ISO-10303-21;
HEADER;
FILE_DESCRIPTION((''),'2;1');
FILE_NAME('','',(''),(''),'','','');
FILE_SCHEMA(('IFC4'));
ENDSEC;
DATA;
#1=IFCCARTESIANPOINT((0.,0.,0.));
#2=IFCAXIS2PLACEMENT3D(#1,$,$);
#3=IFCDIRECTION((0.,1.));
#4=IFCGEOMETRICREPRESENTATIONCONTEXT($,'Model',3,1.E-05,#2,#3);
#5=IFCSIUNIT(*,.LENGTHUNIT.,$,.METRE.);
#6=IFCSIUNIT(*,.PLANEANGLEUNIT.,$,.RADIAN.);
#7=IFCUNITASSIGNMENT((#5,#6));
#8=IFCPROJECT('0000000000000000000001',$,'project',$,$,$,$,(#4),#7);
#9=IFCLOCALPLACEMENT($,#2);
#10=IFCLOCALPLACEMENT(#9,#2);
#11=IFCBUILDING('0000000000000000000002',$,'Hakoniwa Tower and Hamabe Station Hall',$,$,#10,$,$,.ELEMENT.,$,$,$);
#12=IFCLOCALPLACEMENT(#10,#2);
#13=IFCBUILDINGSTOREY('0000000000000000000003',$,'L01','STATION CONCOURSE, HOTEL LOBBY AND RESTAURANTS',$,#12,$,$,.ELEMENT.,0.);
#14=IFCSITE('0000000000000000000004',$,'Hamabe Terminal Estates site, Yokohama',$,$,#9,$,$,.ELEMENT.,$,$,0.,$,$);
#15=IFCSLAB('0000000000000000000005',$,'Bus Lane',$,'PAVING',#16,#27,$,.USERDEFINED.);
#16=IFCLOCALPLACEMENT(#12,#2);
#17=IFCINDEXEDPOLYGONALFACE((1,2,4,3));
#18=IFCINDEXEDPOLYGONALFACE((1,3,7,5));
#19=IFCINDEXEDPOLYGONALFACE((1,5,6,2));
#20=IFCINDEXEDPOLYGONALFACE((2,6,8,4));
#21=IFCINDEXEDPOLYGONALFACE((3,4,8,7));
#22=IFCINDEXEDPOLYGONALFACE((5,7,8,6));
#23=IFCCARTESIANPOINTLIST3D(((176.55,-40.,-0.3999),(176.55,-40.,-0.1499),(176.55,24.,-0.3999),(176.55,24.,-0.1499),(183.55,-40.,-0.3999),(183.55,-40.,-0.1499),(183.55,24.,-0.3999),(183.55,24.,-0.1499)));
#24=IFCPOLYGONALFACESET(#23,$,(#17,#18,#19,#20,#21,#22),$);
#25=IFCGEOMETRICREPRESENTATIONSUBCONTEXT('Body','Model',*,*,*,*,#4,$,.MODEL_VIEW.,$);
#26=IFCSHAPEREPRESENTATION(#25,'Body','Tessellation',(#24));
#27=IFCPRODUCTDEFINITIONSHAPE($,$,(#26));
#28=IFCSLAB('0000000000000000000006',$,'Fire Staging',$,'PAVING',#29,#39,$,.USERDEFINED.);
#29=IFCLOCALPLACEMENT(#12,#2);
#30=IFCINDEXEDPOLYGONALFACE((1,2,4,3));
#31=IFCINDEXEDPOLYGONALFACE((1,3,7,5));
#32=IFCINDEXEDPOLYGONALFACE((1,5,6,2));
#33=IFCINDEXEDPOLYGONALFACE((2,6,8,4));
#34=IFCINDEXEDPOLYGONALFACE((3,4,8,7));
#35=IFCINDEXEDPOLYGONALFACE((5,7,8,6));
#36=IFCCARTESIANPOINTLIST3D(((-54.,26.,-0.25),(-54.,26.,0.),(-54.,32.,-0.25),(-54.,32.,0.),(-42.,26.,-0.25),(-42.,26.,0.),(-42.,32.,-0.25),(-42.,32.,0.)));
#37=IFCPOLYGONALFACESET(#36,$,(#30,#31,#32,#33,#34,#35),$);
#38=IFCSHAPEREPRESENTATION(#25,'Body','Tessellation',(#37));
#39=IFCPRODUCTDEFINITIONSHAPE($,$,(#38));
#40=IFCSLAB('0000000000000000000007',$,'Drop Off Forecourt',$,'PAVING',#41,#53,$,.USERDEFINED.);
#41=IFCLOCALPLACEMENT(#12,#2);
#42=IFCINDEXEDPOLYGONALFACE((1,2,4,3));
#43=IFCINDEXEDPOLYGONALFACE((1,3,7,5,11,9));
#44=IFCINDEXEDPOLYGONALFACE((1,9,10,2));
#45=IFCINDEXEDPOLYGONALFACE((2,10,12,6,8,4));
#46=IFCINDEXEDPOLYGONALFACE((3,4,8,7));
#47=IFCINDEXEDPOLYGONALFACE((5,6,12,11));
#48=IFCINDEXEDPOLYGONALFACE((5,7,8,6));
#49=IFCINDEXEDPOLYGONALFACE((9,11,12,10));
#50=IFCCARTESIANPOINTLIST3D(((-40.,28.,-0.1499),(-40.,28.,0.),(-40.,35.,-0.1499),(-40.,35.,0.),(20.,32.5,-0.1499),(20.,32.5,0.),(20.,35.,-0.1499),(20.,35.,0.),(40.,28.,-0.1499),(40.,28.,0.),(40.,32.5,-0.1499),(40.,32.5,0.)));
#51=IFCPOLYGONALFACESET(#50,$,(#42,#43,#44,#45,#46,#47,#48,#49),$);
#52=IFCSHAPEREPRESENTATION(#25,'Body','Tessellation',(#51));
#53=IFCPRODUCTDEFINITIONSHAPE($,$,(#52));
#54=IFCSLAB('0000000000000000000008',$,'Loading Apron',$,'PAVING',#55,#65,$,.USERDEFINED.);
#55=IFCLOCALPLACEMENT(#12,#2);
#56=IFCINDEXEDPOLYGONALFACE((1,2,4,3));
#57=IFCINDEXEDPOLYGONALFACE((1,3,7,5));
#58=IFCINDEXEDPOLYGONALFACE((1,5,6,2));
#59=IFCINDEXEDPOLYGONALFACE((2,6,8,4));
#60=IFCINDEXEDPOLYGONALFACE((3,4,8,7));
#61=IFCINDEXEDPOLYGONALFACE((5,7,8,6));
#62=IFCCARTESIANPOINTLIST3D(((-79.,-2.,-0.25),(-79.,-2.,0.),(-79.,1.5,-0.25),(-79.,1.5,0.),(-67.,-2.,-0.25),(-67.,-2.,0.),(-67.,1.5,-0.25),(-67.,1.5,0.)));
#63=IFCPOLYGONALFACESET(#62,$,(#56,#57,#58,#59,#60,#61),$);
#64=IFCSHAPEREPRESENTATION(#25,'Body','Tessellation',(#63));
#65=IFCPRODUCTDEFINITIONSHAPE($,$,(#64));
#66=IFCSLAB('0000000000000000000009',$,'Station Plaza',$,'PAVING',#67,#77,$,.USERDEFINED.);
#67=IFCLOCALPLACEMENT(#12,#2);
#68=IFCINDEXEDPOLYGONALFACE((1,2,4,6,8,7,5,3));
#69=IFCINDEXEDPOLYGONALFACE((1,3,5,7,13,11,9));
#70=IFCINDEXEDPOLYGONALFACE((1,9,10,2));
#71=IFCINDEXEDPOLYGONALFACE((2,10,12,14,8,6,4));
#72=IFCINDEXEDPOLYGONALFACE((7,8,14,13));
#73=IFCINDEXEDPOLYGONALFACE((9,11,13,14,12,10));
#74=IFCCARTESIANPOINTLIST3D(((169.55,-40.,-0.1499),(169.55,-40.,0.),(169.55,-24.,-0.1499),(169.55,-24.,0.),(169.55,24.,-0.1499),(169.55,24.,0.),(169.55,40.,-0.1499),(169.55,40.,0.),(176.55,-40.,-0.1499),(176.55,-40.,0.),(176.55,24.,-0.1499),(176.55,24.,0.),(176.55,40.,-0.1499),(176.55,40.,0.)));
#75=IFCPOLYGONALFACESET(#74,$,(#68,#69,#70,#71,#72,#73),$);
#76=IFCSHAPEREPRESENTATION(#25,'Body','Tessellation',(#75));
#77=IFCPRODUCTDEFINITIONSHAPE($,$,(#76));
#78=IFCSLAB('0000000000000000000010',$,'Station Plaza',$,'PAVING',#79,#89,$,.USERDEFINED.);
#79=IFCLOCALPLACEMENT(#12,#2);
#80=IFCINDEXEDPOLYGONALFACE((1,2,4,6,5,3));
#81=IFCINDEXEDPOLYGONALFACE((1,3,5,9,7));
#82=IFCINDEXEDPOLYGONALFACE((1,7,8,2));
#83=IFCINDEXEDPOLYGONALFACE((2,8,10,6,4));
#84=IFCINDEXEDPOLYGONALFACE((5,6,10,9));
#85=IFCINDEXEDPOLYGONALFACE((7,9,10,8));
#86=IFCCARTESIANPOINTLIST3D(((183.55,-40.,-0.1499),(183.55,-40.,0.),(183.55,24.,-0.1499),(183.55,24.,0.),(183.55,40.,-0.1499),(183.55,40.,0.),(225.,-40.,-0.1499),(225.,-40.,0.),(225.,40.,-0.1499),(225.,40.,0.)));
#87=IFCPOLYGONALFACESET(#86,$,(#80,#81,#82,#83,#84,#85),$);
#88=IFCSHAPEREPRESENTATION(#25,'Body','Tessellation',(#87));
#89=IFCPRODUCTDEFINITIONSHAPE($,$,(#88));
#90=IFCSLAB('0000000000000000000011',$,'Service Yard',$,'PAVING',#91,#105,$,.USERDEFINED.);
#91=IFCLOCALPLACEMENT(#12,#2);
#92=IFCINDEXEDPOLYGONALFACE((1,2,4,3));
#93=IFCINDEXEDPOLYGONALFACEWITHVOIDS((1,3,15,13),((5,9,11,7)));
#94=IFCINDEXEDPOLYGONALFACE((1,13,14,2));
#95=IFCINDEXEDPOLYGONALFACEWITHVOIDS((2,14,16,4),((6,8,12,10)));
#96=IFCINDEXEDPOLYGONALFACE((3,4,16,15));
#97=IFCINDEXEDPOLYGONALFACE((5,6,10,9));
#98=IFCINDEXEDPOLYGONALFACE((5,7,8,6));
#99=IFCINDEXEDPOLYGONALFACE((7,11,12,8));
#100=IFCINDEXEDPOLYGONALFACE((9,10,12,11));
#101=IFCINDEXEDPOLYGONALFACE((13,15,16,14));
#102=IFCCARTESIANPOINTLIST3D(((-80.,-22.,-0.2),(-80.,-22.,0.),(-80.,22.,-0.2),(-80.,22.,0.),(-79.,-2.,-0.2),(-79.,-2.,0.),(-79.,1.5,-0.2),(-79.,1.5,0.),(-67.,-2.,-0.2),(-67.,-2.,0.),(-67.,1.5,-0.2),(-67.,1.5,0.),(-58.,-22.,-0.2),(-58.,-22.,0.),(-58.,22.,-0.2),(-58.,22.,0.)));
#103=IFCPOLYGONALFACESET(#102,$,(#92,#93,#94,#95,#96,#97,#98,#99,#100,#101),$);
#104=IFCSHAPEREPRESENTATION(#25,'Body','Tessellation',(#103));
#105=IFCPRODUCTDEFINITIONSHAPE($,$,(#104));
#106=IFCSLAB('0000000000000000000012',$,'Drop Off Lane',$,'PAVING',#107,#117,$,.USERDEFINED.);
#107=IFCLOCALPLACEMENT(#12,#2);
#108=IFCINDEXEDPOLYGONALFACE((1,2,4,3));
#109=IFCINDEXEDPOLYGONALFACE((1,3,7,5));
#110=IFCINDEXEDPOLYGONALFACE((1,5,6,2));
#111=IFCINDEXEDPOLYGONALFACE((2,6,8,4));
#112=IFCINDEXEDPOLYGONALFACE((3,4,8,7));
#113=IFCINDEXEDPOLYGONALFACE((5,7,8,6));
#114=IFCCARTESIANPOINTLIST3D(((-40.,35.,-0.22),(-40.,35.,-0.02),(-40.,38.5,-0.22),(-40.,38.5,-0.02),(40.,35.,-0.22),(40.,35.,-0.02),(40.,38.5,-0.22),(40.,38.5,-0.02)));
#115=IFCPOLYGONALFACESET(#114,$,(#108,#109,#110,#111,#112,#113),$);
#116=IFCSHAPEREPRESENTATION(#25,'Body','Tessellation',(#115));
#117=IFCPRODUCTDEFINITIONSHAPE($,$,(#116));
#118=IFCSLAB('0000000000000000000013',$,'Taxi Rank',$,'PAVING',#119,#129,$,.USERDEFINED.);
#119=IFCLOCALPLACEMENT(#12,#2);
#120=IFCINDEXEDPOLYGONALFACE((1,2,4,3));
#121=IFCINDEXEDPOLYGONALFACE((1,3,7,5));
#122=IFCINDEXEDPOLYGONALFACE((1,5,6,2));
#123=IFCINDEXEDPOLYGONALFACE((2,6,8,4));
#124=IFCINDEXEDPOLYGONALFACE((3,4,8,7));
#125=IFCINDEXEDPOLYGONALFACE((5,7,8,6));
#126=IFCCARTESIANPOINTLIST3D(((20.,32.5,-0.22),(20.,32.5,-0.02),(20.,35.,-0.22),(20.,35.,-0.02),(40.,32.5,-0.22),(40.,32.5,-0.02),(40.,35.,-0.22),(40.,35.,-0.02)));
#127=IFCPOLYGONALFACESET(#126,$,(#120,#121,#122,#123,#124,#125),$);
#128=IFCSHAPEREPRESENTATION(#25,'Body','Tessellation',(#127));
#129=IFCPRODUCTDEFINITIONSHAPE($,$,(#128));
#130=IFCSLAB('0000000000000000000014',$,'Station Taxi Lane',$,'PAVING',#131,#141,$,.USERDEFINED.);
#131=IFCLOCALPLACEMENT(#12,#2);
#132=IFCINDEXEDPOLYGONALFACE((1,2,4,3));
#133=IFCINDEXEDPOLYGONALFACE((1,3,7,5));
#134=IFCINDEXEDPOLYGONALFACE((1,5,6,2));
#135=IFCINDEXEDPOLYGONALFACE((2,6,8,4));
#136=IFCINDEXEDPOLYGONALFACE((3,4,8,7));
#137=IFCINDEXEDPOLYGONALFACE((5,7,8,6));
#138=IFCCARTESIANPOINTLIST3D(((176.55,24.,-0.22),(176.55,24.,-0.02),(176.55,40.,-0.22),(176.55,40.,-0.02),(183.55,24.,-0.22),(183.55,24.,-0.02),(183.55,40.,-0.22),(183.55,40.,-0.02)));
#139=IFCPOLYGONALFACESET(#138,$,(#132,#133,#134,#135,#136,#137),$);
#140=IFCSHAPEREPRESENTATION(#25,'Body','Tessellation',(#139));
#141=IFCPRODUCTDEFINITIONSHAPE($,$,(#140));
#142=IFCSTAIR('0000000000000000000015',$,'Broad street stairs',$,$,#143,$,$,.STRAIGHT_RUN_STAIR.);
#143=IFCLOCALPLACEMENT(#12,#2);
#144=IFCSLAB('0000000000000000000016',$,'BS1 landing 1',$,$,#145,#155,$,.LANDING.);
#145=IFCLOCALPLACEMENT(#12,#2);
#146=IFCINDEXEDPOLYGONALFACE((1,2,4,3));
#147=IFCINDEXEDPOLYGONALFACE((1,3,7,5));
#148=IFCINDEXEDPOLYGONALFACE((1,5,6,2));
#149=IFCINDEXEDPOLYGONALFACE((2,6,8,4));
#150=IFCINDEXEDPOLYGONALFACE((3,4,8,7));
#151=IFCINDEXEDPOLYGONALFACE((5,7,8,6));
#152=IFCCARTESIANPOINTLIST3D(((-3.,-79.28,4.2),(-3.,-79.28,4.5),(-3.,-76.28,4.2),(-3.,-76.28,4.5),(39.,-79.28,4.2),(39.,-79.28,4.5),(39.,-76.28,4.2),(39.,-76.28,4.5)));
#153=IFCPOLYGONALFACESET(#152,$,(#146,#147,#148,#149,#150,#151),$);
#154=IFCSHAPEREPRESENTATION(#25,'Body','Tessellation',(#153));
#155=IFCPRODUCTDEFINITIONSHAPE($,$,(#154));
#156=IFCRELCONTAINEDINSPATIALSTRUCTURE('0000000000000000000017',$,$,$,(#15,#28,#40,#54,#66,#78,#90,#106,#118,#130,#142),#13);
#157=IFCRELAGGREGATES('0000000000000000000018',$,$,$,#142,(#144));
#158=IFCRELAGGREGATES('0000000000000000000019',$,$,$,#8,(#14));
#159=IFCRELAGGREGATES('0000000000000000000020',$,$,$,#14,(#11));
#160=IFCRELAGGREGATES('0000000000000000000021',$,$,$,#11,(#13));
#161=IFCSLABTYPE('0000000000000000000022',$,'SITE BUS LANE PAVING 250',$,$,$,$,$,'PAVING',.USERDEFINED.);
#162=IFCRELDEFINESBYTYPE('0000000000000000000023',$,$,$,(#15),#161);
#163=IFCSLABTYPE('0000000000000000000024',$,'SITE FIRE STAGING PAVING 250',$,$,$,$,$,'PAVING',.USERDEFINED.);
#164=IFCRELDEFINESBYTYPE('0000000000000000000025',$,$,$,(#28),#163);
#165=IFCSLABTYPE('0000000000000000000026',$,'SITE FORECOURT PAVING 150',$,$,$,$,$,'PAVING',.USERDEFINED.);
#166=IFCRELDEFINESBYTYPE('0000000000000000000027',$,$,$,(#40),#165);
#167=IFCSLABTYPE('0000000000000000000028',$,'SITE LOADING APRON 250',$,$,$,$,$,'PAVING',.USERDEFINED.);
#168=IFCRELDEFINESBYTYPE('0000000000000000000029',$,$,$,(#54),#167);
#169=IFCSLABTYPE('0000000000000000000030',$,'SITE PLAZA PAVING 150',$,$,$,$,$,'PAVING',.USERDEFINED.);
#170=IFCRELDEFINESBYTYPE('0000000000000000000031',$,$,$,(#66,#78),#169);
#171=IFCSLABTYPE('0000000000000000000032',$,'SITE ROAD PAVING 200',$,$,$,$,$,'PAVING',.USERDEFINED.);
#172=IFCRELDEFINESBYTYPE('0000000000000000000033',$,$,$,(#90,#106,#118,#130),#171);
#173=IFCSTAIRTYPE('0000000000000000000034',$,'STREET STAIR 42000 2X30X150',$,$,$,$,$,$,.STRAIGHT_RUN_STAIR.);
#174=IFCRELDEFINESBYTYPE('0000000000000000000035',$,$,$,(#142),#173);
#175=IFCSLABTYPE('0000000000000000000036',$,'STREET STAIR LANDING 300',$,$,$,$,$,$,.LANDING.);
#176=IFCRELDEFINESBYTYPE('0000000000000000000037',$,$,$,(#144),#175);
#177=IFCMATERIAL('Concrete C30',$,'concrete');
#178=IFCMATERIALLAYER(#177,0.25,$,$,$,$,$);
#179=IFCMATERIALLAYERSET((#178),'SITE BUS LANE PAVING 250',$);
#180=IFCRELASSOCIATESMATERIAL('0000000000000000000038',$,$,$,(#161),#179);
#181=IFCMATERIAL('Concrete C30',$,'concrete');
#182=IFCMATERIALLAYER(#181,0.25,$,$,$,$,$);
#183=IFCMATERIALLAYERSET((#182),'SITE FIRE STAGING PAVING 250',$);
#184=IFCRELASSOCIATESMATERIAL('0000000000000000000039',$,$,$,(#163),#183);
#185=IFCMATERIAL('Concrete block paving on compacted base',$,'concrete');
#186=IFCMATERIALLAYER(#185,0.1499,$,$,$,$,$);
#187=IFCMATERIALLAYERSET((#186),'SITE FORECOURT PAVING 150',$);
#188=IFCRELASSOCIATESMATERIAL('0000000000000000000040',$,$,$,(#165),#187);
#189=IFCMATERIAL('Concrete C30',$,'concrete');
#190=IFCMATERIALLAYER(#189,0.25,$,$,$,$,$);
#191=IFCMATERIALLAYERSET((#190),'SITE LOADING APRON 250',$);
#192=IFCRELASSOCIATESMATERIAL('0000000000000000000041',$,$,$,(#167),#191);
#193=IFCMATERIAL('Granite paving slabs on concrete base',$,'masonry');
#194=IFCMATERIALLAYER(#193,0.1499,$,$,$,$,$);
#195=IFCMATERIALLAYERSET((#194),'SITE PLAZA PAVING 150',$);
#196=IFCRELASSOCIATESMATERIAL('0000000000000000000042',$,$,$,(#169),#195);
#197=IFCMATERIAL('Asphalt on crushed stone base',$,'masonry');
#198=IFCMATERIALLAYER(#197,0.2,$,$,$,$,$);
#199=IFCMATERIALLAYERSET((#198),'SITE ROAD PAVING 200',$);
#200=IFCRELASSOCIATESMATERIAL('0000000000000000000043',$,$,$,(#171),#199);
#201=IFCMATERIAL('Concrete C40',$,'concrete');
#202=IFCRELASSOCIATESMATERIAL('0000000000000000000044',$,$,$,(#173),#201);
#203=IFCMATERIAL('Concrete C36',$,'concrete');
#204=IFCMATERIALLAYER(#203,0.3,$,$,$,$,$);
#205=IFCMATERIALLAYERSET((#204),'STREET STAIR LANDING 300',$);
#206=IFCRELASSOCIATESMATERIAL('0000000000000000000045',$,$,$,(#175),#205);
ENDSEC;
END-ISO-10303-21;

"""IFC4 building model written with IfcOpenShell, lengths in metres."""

from ifc_helpers import new_model, si_unit, direction, frame, origin, place, context, subcontext, project, spatial, polyline, outline, extrude, material, layer, layer_set, type_object, element, aggregate, save


model = new_model("IFC4")

# Units and contexts
model_context = context("Model", 3, precision=1e-05, world=origin(), true_north=direction((0.0, 1.0)))
body_context = subcontext(model_context, "Body", "Model", "MODEL_VIEW")
ifc_project = project(units=[si_unit("LENGTHUNIT", "METRE"), si_unit("PLANEANGLEUNIT", "RADIAN")], contexts=[model_context])

# Site, building, storey
site_placement = place(None, origin())
site = spatial("IfcSite", under=ifc_project, at=site_placement, Name="Hamabe Terminal Estates site, Yokohama", CompositionType="ELEMENT", RefElevation=0.0)
building_placement = place(site_placement, origin())
building = spatial("IfcBuilding", under=site, at=building_placement, Name="Hakoniwa Tower and Hamabe Station Hall", CompositionType="ELEMENT")
storey_placement = place(building_placement, origin())
storey = spatial("IfcBuildingStorey", under=building, at=storey_placement, Name="L01", Description="STATION CONCOURSE, HOTEL LOBBY AND RESTAURANTS", CompositionType="ELEMENT", Elevation=0.0)

# Slabs
ifc_material_1 = material(Name="Concrete C30", Category="concrete")
ifc_layer_1 = layer(ifc_material_1, 0.25)
ifc_layer_set_1 = layer_set([ifc_layer_1], Name="SITE BUS LANE PAVING 250")
slab_type_1 = type_object("IfcSlabType", Name="SITE BUS LANE PAVING 250", ElementType="PAVING", PredefinedType="USERDEFINED", material=ifc_layer_set_1)
slab_1_placement = place(storey_placement, frame((0.0, 0.0, -0.3999)))
element("IfcSlab", 1, at=slab_1_placement, inside=storey, type_object=slab_type_1, Name="Bus Lane", ObjectType="PAVING", PredefinedType="USERDEFINED", context=body_context, shape_type="SweptSolid", body=[
    extrude(outline(polyline([(176.55, 24.0), (176.55, -40.0), (183.55, -40.0), (183.55, 24.0), (176.55, 24.0)])), origin(), (0.0, 0.0, 1.0), 0.25),
])
ifc_material_2 = material(Name="Concrete C30", Category="concrete")
ifc_layer_2 = layer(ifc_material_2, 0.25)
ifc_layer_set_2 = layer_set([ifc_layer_2], Name="SITE FIRE STAGING PAVING 250")
slab_type_2 = type_object("IfcSlabType", Name="SITE FIRE STAGING PAVING 250", ElementType="PAVING", PredefinedType="USERDEFINED", material=ifc_layer_set_2)
slab_2_placement = place(storey_placement, frame((0.0, 0.0, -0.25)))
element("IfcSlab", 2, at=slab_2_placement, inside=storey, type_object=slab_type_2, Name="Fire Staging", ObjectType="PAVING", PredefinedType="USERDEFINED", context=body_context, shape_type="SweptSolid", body=[
    extrude(outline(polyline([(-54.0, 32.0), (-54.0, 26.0), (-42.0, 26.0), (-42.0, 32.0), (-54.0, 32.0)])), origin(), (0.0, 0.0, 1.0), 0.25),
])
ifc_material_3 = material(Name="Concrete block paving on compacted base", Category="concrete")
ifc_layer_3 = layer(ifc_material_3, 0.1499)
ifc_layer_set_3 = layer_set([ifc_layer_3], Name="SITE FORECOURT PAVING 150")
slab_type_3 = type_object("IfcSlabType", Name="SITE FORECOURT PAVING 150", ElementType="PAVING", PredefinedType="USERDEFINED", material=ifc_layer_set_3)
slab_3_placement = place(storey_placement, frame((0.0, 0.0, -0.1499)))
element("IfcSlab", 3, at=slab_3_placement, inside=storey, type_object=slab_type_3, Name="Drop Off Forecourt", ObjectType="PAVING", PredefinedType="USERDEFINED", context=body_context, shape_type="SweptSolid", body=[
    extrude(outline(polyline([(-40.0, 28.0), (40.0, 28.0), (40.0, 32.5), (20.0, 32.5), (20.0, 35.0), (-40.0, 35.0), (-40.0, 28.0)])), origin(), (0.0, 0.0, 1.0), 0.1499),
])
ifc_material_4 = material(Name="Concrete C30", Category="concrete")
ifc_layer_4 = layer(ifc_material_4, 0.25)
ifc_layer_set_4 = layer_set([ifc_layer_4], Name="SITE LOADING APRON 250")
slab_type_4 = type_object("IfcSlabType", Name="SITE LOADING APRON 250", ElementType="PAVING", PredefinedType="USERDEFINED", material=ifc_layer_set_4)
slab_4_placement = place(storey_placement, frame((0.0, 0.0, -0.25)))
element("IfcSlab", 4, at=slab_4_placement, inside=storey, type_object=slab_type_4, Name="Loading Apron", ObjectType="PAVING", PredefinedType="USERDEFINED", context=body_context, shape_type="SweptSolid", body=[
    extrude(outline(polyline([(-79.0, 1.5), (-79.0, -2.0), (-67.0, -2.0), (-67.0, 1.5), (-79.0, 1.5)])), origin(), (0.0, 0.0, 1.0), 0.25),
])
ifc_material_5 = material(Name="Granite paving slabs on concrete base", Category="masonry")
ifc_layer_5 = layer(ifc_material_5, 0.1499)
ifc_layer_set_5 = layer_set([ifc_layer_5], Name="SITE PLAZA PAVING 150")
slab_type_5 = type_object("IfcSlabType", Name="SITE PLAZA PAVING 150", ElementType="PAVING", PredefinedType="USERDEFINED", material=ifc_layer_set_5)
slab_5_placement = place(storey_placement, frame((0.0, 0.0, -0.1499)))
element("IfcSlab", 5, at=slab_5_placement, inside=storey, type_object=slab_type_5, Name="Station Plaza", ObjectType="PAVING", PredefinedType="USERDEFINED", context=body_context, shape_type="SweptSolid", body=[
    extrude(outline(polyline([(176.55, -40.0), (176.55, 24.0), (176.55, 40.0), (169.55, 40.0), (169.55, 24.0), (169.55, -24.0), (169.55, -40.0), (176.55, -40.0)])), origin(), (0.0, 0.0, 1.0), 0.1499),
])
slab_6_placement = place(storey_placement, frame((0.0, 0.0, -0.1499)))
element("IfcSlab", 6, at=slab_6_placement, inside=storey, type_object=slab_type_5, Name="Station Plaza", ObjectType="PAVING", PredefinedType="USERDEFINED", context=body_context, shape_type="SweptSolid", body=[
    extrude(outline(polyline([(183.55, 40.0), (183.55, 24.0), (183.55, -40.0), (225.0, -40.0), (225.0, 40.0), (183.55, 40.0)])), origin(), (0.0, 0.0, 1.0), 0.1499),
])
ifc_material_6 = material(Name="Asphalt on crushed stone base", Category="masonry")
ifc_layer_6 = layer(ifc_material_6, 0.2)
ifc_layer_set_6 = layer_set([ifc_layer_6], Name="SITE ROAD PAVING 200")
slab_type_6 = type_object("IfcSlabType", Name="SITE ROAD PAVING 200", ElementType="PAVING", PredefinedType="USERDEFINED", material=ifc_layer_set_6)
slab_7_placement = place(storey_placement, frame((0.0, 0.0, -0.2)))
element("IfcSlab", 7, at=slab_7_placement, inside=storey, type_object=slab_type_6, Name="Service Yard", ObjectType="PAVING", PredefinedType="USERDEFINED", context=body_context, shape_type="SweptSolid", body=[
    extrude(outline(polyline([(-58.0, -22.0), (-58.0, 22.0), (-80.0, 22.0), (-80.0, -22.0), (-58.0, -22.0)]), holes=[polyline([(-79.0, 1.5), (-67.0, 1.5), (-67.0, -2.0), (-79.0, -2.0), (-79.0, 1.5)])]), origin(), (0.0, 0.0, 1.0), 0.2),
])
slab_8_placement = place(storey_placement, frame((0.0, 0.0, -0.22)))
element("IfcSlab", 8, at=slab_8_placement, inside=storey, type_object=slab_type_6, Name="Drop Off Lane", ObjectType="PAVING", PredefinedType="USERDEFINED", context=body_context, shape_type="SweptSolid", body=[
    extrude(outline(polyline([(-40.0, 38.5), (-40.0, 35.0), (40.0, 35.0), (40.0, 38.5), (-40.0, 38.5)])), origin(), (0.0, 0.0, 1.0), 0.2),
])
slab_9_placement = place(storey_placement, frame((0.0, 0.0, -0.22)))
element("IfcSlab", 9, at=slab_9_placement, inside=storey, type_object=slab_type_6, Name="Taxi Rank", ObjectType="PAVING", PredefinedType="USERDEFINED", context=body_context, shape_type="SweptSolid", body=[
    extrude(outline(polyline([(20.0, 32.5), (40.0, 32.5), (40.0, 35.0), (20.0, 35.0), (20.0, 32.5)])), origin(), (0.0, 0.0, 1.0), 0.2),
])
slab_10_placement = place(storey_placement, frame((0.0, 0.0, -0.22)))
element("IfcSlab", 10, at=slab_10_placement, inside=storey, type_object=slab_type_6, Name="Station Taxi Lane", ObjectType="PAVING", PredefinedType="USERDEFINED", context=body_context, shape_type="SweptSolid", body=[
    extrude(outline(polyline([(183.55, 40.0), (176.55, 40.0), (176.55, 24.0), (183.55, 24.0), (183.55, 40.0)])), origin(), (0.0, 0.0, 1.0), 0.2),
])

# Stair, slab
ifc_material_7 = material(Name="Concrete C40", Category="concrete")
stair_type = type_object("IfcStairType", Name="STREET STAIR 42000 2X30X150", PredefinedType="STRAIGHT_RUN_STAIR", material=ifc_material_7)
stair_placement = place(storey_placement, origin())
stair = element("IfcStair", 11, at=stair_placement, inside=storey, type_object=stair_type, Name="Broad street stairs", PredefinedType="STRAIGHT_RUN_STAIR")
ifc_material_8 = material(Name="Concrete C36", Category="concrete")
ifc_layer_7 = layer(ifc_material_8, 0.3)
ifc_layer_set_7 = layer_set([ifc_layer_7], Name="STREET STAIR LANDING 300")
slab_type_7 = type_object("IfcSlabType", Name="STREET STAIR LANDING 300", PredefinedType="LANDING", material=ifc_layer_set_7)
slab_11_placement = place(storey_placement, frame((0.0, 0.0, 4.2)))
slab_11 = element("IfcSlab", 12, at=slab_11_placement, type_object=slab_type_7, Name="BS1 landing 1", PredefinedType="LANDING", context=body_context, shape_type="SweptSolid", body=[
    extrude(outline(polyline([(-3.0, -79.28), (39.0, -79.28), (39.0, -76.28), (-3.0, -76.28), (-3.0, -79.28)])), origin(), (0.0, 0.0, 1.0), 0.3),
])
aggregate(stair, [slab_11])

save(model, "model.ifc")
